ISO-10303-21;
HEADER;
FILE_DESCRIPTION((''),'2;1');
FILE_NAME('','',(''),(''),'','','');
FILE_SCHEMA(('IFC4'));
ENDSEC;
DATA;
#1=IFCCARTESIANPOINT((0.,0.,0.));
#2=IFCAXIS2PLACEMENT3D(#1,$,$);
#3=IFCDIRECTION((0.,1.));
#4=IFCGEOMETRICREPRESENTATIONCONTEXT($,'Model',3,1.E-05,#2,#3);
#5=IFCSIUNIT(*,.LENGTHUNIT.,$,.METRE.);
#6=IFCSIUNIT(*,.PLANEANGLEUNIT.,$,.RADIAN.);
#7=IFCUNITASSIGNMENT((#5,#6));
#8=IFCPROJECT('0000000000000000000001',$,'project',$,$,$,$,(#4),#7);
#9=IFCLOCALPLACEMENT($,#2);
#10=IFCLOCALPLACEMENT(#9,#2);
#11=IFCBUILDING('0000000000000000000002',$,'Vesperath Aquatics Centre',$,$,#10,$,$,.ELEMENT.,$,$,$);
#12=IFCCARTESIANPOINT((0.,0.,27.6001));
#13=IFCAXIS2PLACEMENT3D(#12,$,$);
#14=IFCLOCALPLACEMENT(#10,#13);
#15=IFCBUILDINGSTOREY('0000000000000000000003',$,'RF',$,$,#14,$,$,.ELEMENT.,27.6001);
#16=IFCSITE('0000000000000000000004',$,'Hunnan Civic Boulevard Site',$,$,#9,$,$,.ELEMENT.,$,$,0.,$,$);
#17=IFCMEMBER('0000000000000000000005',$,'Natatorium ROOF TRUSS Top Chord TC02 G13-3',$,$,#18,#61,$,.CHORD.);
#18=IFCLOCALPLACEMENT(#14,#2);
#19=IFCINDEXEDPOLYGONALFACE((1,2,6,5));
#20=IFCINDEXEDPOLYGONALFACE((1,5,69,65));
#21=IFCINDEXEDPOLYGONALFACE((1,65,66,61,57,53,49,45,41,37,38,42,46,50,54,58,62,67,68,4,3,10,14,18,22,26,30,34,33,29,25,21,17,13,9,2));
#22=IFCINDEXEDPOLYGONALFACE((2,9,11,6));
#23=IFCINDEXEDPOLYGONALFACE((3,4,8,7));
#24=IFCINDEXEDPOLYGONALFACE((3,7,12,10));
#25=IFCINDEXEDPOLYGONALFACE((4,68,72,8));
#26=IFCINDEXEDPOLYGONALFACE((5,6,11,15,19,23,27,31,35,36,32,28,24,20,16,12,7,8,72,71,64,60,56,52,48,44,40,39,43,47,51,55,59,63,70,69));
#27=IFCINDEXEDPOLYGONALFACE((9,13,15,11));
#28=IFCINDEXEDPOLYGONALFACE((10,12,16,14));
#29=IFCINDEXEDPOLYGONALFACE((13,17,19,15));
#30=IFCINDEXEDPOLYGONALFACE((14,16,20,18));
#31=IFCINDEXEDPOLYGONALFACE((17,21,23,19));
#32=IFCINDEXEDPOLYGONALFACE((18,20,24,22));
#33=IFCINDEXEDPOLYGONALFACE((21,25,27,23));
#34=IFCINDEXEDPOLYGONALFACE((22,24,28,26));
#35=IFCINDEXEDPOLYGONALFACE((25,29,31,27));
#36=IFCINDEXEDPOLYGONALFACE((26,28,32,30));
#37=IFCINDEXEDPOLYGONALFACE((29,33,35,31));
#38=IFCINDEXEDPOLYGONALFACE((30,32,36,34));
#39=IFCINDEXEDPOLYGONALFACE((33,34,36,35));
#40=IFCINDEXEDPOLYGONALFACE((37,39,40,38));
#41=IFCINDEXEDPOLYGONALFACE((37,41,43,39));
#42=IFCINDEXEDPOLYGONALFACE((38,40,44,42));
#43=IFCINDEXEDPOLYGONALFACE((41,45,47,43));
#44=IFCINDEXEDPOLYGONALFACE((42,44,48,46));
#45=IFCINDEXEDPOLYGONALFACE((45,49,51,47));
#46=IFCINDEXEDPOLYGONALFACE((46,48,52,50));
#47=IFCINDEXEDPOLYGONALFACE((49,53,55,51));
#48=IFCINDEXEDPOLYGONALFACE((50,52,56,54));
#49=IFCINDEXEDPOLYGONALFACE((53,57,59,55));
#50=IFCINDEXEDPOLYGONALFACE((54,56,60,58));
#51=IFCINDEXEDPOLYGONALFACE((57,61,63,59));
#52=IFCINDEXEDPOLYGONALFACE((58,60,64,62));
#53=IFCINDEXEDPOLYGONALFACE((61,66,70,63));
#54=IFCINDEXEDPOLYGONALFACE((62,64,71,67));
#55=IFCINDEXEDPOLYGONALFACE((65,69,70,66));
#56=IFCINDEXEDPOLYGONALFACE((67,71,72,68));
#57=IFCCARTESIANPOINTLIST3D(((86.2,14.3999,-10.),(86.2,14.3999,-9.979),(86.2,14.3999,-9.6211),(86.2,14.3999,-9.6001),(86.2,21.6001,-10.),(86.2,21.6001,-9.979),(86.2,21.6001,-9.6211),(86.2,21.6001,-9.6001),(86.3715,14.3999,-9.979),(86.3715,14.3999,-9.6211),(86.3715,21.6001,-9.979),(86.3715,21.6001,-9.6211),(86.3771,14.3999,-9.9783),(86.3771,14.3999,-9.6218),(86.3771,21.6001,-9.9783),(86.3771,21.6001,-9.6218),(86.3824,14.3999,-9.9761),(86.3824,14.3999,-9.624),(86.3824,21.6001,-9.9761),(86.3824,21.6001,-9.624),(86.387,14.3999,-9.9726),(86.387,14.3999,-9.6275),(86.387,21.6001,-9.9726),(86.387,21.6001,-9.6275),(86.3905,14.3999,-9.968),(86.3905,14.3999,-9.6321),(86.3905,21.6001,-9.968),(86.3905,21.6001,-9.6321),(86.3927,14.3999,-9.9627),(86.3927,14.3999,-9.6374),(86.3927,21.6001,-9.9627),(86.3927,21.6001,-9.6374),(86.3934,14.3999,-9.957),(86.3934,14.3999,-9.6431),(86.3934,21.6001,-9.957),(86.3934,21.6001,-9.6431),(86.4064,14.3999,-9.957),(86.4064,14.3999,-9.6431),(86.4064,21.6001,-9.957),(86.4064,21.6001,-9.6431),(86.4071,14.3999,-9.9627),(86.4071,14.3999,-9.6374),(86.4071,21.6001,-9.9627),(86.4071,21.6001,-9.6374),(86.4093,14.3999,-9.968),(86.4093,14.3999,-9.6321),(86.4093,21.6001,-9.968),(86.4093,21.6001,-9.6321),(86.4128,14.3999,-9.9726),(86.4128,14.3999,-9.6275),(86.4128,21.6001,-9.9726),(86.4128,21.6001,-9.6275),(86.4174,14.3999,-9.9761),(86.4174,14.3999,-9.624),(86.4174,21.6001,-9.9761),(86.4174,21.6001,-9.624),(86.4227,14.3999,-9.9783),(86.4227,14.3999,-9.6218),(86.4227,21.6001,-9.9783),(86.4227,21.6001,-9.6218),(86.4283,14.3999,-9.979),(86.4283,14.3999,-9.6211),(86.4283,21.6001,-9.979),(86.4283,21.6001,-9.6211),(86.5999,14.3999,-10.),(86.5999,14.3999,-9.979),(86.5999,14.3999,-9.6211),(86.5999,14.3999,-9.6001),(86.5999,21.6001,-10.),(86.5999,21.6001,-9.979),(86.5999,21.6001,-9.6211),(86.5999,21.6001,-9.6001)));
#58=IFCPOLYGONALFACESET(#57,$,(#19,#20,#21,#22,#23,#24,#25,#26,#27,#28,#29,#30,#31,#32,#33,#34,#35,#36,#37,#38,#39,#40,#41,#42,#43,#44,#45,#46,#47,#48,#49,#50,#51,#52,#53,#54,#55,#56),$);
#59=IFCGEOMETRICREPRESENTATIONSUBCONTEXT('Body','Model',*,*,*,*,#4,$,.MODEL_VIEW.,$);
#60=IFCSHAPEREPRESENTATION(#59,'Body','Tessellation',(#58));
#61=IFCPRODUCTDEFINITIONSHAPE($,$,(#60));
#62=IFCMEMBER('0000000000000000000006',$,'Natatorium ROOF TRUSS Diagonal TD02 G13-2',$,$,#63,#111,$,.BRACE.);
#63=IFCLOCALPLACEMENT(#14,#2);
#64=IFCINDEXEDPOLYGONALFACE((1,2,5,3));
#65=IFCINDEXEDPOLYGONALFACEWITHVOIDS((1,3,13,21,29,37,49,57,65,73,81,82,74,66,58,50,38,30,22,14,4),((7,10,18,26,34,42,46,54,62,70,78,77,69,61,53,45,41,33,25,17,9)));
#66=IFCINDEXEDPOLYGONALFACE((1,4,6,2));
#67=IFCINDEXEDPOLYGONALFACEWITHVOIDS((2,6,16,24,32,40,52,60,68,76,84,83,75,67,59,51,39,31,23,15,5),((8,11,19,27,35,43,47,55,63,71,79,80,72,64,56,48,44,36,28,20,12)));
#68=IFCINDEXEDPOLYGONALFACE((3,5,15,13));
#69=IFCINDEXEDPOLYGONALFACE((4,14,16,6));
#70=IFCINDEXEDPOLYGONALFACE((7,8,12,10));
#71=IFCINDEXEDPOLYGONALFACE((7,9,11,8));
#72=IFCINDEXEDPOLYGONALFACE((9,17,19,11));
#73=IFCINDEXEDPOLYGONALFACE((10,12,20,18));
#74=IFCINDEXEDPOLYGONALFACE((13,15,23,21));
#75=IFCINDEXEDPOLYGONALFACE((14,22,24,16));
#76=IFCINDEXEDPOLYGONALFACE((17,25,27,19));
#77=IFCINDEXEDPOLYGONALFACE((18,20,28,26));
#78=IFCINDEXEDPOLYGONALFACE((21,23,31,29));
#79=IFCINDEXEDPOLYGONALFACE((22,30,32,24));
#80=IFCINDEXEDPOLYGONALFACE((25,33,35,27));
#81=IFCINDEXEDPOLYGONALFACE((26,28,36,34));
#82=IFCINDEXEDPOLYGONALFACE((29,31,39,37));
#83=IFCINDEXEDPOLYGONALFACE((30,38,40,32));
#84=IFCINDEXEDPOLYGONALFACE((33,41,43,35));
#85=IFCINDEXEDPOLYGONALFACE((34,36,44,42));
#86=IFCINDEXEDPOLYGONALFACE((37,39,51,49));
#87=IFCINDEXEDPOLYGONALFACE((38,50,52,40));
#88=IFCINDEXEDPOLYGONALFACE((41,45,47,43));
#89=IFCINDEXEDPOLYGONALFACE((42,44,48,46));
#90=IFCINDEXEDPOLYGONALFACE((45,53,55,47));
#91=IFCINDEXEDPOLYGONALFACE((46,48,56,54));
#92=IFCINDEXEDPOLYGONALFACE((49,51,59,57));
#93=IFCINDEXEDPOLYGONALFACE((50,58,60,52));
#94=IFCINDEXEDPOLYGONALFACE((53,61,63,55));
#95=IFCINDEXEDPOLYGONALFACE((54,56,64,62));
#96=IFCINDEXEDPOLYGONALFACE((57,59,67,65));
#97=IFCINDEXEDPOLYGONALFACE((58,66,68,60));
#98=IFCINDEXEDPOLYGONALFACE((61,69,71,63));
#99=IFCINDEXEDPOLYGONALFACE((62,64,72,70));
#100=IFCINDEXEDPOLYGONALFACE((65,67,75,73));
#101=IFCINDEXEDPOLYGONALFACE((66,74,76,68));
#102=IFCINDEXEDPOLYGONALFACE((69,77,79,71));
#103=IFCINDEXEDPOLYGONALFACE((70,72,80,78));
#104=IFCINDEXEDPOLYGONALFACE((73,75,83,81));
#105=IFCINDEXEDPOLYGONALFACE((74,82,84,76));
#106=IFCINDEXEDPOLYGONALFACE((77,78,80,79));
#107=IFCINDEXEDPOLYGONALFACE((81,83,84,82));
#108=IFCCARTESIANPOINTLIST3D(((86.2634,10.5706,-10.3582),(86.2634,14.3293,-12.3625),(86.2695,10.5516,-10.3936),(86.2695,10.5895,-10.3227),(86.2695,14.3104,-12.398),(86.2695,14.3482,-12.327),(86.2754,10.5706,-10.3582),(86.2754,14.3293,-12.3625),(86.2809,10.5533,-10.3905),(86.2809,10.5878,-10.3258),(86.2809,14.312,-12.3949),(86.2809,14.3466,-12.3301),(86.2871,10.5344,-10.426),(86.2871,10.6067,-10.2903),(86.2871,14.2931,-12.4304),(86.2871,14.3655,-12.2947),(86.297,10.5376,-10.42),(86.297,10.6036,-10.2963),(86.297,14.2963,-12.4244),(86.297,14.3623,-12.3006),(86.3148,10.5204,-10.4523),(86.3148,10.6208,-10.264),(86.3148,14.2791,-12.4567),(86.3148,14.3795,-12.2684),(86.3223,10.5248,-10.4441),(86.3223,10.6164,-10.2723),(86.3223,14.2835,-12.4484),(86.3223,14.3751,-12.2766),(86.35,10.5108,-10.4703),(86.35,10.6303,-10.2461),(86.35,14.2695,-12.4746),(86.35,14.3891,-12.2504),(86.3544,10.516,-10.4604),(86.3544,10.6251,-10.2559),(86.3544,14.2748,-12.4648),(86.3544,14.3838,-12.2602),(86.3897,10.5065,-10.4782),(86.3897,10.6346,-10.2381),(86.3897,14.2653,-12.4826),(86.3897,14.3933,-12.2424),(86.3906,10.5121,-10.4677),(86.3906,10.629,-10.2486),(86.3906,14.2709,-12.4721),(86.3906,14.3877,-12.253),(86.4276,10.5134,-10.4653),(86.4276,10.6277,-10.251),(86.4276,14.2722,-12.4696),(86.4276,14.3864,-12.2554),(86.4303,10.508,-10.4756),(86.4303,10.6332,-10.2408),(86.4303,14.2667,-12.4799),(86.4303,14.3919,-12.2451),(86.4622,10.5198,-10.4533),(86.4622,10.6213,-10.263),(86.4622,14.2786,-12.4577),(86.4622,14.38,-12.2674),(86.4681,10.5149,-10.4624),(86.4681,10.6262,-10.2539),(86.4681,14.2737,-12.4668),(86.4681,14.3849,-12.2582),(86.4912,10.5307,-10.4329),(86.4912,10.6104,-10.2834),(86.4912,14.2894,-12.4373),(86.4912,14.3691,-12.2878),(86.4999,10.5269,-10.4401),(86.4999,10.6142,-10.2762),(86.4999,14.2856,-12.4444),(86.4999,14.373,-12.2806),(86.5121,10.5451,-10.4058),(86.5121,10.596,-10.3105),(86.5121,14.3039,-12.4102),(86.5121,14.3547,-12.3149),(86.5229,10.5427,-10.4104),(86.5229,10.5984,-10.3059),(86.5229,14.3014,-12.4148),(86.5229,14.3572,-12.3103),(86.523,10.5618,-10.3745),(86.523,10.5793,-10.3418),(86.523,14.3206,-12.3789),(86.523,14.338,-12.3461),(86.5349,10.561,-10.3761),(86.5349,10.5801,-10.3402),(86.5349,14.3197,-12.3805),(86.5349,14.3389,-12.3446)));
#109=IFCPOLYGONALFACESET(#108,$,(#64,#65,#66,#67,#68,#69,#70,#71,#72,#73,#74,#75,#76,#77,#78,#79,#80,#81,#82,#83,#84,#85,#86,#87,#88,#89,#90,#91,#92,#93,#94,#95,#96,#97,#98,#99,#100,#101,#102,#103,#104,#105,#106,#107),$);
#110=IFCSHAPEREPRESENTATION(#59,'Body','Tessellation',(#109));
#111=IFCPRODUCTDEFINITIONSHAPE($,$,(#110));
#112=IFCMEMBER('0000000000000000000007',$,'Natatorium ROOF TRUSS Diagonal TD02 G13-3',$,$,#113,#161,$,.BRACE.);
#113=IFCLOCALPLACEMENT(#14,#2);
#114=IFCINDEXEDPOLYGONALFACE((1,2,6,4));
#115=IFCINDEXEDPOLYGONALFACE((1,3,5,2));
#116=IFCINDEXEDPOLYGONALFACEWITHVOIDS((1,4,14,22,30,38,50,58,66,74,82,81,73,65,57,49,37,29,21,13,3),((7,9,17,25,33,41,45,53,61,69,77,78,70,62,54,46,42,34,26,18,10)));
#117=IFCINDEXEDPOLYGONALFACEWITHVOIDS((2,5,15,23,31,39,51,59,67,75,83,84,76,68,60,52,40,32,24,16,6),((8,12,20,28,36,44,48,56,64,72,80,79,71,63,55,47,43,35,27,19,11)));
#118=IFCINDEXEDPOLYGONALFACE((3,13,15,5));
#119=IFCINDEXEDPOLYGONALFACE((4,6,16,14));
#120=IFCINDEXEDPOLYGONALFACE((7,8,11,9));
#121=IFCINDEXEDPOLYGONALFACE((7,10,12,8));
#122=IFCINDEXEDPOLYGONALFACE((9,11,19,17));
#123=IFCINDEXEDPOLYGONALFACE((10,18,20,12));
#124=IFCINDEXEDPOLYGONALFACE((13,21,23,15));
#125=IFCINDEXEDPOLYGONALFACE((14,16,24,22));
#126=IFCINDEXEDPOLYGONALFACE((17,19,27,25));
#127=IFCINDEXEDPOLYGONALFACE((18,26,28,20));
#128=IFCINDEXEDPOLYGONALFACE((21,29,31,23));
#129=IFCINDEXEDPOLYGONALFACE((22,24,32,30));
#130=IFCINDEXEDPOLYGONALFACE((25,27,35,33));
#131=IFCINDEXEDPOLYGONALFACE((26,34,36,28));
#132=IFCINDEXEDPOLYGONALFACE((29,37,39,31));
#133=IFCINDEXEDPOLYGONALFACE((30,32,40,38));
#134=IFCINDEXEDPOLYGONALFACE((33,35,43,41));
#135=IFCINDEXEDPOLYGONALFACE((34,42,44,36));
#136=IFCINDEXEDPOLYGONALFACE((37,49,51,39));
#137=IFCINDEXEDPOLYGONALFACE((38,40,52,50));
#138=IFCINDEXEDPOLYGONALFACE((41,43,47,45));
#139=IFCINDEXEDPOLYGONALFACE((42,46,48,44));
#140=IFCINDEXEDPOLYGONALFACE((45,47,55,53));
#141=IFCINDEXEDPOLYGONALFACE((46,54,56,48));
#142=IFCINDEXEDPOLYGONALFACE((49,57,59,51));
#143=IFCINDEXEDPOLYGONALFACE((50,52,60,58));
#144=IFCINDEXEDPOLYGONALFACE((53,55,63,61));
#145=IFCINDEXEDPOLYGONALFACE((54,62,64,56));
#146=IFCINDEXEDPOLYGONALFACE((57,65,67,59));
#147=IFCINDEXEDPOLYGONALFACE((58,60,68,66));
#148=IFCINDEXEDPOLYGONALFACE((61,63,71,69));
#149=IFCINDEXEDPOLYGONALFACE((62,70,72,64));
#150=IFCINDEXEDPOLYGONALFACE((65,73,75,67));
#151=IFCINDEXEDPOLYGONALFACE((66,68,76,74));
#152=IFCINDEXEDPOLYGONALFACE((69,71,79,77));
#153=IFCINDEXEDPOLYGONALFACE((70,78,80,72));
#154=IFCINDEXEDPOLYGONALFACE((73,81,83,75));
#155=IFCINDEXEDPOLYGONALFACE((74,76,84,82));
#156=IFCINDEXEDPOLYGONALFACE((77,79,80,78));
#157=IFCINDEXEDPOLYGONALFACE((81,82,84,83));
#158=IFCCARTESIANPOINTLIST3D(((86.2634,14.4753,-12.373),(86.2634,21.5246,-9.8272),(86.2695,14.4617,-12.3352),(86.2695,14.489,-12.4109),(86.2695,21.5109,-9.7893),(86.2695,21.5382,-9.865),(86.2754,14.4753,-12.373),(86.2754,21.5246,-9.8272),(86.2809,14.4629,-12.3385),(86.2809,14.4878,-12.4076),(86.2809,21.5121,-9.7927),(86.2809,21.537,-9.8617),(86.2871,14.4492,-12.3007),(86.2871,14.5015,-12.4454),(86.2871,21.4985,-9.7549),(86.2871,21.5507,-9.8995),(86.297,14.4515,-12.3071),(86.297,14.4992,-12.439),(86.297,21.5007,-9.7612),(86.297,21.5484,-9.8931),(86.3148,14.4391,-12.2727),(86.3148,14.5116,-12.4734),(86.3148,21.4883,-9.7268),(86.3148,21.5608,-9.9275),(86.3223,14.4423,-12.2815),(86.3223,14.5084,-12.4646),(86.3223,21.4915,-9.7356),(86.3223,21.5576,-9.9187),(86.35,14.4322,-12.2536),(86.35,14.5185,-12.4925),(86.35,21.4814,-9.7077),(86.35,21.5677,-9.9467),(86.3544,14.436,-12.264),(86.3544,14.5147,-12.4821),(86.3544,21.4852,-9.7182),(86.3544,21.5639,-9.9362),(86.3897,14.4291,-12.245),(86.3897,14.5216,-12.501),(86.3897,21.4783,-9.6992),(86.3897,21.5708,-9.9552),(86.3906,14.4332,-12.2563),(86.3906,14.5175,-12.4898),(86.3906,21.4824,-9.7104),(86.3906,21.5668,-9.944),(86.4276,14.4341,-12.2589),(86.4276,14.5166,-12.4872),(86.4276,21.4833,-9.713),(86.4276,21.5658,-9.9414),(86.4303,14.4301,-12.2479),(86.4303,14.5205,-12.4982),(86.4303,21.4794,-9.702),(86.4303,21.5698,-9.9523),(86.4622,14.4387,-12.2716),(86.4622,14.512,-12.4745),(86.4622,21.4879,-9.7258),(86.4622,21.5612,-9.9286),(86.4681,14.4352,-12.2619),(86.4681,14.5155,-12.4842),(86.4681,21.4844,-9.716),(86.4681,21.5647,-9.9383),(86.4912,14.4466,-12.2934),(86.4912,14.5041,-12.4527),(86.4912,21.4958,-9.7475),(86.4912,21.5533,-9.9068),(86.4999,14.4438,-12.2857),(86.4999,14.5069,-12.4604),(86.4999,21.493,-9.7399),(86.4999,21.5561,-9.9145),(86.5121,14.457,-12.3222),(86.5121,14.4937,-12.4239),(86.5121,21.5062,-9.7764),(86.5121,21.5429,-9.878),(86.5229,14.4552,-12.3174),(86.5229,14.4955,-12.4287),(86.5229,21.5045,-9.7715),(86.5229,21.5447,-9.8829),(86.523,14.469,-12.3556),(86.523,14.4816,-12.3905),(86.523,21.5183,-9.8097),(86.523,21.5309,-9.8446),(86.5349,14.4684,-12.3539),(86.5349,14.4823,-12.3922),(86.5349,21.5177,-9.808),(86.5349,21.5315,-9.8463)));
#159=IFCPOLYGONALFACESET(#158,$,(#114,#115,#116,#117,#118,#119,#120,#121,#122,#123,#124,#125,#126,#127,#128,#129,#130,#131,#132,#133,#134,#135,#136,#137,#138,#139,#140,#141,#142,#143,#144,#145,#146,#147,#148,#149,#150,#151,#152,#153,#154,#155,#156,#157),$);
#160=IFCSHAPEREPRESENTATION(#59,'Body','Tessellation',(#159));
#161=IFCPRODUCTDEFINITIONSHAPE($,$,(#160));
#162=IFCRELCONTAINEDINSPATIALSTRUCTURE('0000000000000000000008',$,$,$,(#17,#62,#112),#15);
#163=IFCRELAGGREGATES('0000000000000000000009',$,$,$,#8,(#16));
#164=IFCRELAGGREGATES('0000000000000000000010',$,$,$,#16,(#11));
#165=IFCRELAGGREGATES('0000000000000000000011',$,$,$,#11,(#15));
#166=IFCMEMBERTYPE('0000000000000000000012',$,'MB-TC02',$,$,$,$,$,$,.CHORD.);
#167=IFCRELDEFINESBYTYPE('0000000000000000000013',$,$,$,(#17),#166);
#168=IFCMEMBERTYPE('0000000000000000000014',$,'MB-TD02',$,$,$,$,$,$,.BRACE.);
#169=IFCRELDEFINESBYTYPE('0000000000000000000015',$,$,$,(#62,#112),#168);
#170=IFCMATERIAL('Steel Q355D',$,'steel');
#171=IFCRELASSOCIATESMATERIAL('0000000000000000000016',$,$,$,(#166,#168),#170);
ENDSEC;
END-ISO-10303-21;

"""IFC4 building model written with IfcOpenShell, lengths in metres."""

from ifc_helpers import new_model, si_unit, direction, frame, origin, origin_2d, place, context, subcontext, project, spatial, hollow_circle, i_section, extrude, material, material_profile, profile_set, type_object, element, save


model = new_model("IFC4")

# Units and contexts
model_context = context("Model", 3, precision=1e-05, world=origin(), true_north=direction((0.0, 1.0)))
body_context = subcontext(model_context, "Body", "Model", "MODEL_VIEW")
ifc_project = project(units=[si_unit("LENGTHUNIT", "METRE"), si_unit("PLANEANGLEUNIT", "RADIAN")], contexts=[model_context])

# Site, building, storey
site_placement = place(None, origin())
site = spatial("IfcSite", under=ifc_project, at=site_placement, Name="Hunnan Civic Boulevard Site", CompositionType="ELEMENT", RefElevation=0.0)
building_placement = place(site_placement, origin())
building = spatial("IfcBuilding", under=site, at=building_placement, Name="Vesperath Aquatics Centre", CompositionType="ELEMENT")
storey_placement = place(building_placement, frame((0.0, 0.0, 27.6001)))
storey = spatial("IfcBuildingStorey", under=building, at=storey_placement, Name="RF", CompositionType="ELEMENT", Elevation=27.6001)

# Members
ifc_material_1 = material(Name="Steel Q355D", Category="steel")
ifc_material_profile_1 = material_profile(ifc_material_1, i_section(OverallWidth=0.3999, OverallDepth=0.3999, WebThickness=0.0129, FlangeThickness=0.021, FilletRadius=0.022, at=origin_2d()), Name="HW 400x400x13x21")
ifc_profile_set_1 = profile_set([ifc_material_profile_1], Name="Steel Q355D")
member_type_1 = type_object("IfcMemberType", Name="MB-TC02", PredefinedType="CHORD", material=ifc_profile_set_1)
member_1_placement = place(storey_placement, frame((86.3999, 14.3999, -9.8), z_axis=(0.0, 1.0, 0.0), x_axis=(-1.0, 0.0, 0.0)))
element("IfcMember", 1, at=member_1_placement, inside=storey, type_object=member_type_1, Name="Natatorium ROOF TRUSS Top Chord TC02 G13-3", PredefinedType="CHORD", context=body_context, shape_type="SweptSolid", body=[
    extrude(i_section(OverallWidth=0.3999, OverallDepth=0.3999, WebThickness=0.0129, FlangeThickness=0.021, FilletRadius=0.022, at=origin_2d()), origin(), (0.0, 0.0, 1.0), 7.2002),
])
ifc_material_profile_2 = material_profile(ifc_material_1, hollow_circle(Radius=0.1365, WallThickness=0.012, at=origin_2d()), Name="CHS 273.0x12")
ifc_profile_set_2 = profile_set([ifc_material_profile_2], Name="Steel Q355D")
member_type_2 = type_object("IfcMemberType", Name="MB-TD02", PredefinedType="BRACE", material=ifc_profile_set_2)
member_2_placement = place(storey_placement, frame((86.3999, 10.5706, -10.3582), z_axis=(0.0, 0.882381, -0.470535), x_axis=(-1.0, 0.0, 0.0)))
element("IfcMember", 2, at=member_2_placement, inside=storey, type_object=member_type_2, Name="Natatorium ROOF TRUSS Diagonal TD02 G13-2", PredefinedType="BRACE", context=body_context, shape_type="SweptSolid", body=[
    extrude(hollow_circle(Radius=0.1365, WallThickness=0.012, at=origin_2d()), origin(), (0.0, 0.0, 1.0), 4.2598),
])
member_3_placement = place(storey_placement, frame((86.3999, 14.4753, -12.373), z_axis=(0.0, 0.940541, 0.339681), x_axis=(-1.0, 0.0, 0.0)))
element("IfcMember", 3, at=member_3_placement, inside=storey, type_object=member_type_2, Name="Natatorium ROOF TRUSS Diagonal TD02 G13-3", PredefinedType="BRACE", context=body_context, shape_type="SweptSolid", body=[
    extrude(hollow_circle(Radius=0.1365, WallThickness=0.012, at=origin_2d()), origin(), (0.0, 0.0, 1.0), 7.4949),
])

save(model, "model.ifc")
